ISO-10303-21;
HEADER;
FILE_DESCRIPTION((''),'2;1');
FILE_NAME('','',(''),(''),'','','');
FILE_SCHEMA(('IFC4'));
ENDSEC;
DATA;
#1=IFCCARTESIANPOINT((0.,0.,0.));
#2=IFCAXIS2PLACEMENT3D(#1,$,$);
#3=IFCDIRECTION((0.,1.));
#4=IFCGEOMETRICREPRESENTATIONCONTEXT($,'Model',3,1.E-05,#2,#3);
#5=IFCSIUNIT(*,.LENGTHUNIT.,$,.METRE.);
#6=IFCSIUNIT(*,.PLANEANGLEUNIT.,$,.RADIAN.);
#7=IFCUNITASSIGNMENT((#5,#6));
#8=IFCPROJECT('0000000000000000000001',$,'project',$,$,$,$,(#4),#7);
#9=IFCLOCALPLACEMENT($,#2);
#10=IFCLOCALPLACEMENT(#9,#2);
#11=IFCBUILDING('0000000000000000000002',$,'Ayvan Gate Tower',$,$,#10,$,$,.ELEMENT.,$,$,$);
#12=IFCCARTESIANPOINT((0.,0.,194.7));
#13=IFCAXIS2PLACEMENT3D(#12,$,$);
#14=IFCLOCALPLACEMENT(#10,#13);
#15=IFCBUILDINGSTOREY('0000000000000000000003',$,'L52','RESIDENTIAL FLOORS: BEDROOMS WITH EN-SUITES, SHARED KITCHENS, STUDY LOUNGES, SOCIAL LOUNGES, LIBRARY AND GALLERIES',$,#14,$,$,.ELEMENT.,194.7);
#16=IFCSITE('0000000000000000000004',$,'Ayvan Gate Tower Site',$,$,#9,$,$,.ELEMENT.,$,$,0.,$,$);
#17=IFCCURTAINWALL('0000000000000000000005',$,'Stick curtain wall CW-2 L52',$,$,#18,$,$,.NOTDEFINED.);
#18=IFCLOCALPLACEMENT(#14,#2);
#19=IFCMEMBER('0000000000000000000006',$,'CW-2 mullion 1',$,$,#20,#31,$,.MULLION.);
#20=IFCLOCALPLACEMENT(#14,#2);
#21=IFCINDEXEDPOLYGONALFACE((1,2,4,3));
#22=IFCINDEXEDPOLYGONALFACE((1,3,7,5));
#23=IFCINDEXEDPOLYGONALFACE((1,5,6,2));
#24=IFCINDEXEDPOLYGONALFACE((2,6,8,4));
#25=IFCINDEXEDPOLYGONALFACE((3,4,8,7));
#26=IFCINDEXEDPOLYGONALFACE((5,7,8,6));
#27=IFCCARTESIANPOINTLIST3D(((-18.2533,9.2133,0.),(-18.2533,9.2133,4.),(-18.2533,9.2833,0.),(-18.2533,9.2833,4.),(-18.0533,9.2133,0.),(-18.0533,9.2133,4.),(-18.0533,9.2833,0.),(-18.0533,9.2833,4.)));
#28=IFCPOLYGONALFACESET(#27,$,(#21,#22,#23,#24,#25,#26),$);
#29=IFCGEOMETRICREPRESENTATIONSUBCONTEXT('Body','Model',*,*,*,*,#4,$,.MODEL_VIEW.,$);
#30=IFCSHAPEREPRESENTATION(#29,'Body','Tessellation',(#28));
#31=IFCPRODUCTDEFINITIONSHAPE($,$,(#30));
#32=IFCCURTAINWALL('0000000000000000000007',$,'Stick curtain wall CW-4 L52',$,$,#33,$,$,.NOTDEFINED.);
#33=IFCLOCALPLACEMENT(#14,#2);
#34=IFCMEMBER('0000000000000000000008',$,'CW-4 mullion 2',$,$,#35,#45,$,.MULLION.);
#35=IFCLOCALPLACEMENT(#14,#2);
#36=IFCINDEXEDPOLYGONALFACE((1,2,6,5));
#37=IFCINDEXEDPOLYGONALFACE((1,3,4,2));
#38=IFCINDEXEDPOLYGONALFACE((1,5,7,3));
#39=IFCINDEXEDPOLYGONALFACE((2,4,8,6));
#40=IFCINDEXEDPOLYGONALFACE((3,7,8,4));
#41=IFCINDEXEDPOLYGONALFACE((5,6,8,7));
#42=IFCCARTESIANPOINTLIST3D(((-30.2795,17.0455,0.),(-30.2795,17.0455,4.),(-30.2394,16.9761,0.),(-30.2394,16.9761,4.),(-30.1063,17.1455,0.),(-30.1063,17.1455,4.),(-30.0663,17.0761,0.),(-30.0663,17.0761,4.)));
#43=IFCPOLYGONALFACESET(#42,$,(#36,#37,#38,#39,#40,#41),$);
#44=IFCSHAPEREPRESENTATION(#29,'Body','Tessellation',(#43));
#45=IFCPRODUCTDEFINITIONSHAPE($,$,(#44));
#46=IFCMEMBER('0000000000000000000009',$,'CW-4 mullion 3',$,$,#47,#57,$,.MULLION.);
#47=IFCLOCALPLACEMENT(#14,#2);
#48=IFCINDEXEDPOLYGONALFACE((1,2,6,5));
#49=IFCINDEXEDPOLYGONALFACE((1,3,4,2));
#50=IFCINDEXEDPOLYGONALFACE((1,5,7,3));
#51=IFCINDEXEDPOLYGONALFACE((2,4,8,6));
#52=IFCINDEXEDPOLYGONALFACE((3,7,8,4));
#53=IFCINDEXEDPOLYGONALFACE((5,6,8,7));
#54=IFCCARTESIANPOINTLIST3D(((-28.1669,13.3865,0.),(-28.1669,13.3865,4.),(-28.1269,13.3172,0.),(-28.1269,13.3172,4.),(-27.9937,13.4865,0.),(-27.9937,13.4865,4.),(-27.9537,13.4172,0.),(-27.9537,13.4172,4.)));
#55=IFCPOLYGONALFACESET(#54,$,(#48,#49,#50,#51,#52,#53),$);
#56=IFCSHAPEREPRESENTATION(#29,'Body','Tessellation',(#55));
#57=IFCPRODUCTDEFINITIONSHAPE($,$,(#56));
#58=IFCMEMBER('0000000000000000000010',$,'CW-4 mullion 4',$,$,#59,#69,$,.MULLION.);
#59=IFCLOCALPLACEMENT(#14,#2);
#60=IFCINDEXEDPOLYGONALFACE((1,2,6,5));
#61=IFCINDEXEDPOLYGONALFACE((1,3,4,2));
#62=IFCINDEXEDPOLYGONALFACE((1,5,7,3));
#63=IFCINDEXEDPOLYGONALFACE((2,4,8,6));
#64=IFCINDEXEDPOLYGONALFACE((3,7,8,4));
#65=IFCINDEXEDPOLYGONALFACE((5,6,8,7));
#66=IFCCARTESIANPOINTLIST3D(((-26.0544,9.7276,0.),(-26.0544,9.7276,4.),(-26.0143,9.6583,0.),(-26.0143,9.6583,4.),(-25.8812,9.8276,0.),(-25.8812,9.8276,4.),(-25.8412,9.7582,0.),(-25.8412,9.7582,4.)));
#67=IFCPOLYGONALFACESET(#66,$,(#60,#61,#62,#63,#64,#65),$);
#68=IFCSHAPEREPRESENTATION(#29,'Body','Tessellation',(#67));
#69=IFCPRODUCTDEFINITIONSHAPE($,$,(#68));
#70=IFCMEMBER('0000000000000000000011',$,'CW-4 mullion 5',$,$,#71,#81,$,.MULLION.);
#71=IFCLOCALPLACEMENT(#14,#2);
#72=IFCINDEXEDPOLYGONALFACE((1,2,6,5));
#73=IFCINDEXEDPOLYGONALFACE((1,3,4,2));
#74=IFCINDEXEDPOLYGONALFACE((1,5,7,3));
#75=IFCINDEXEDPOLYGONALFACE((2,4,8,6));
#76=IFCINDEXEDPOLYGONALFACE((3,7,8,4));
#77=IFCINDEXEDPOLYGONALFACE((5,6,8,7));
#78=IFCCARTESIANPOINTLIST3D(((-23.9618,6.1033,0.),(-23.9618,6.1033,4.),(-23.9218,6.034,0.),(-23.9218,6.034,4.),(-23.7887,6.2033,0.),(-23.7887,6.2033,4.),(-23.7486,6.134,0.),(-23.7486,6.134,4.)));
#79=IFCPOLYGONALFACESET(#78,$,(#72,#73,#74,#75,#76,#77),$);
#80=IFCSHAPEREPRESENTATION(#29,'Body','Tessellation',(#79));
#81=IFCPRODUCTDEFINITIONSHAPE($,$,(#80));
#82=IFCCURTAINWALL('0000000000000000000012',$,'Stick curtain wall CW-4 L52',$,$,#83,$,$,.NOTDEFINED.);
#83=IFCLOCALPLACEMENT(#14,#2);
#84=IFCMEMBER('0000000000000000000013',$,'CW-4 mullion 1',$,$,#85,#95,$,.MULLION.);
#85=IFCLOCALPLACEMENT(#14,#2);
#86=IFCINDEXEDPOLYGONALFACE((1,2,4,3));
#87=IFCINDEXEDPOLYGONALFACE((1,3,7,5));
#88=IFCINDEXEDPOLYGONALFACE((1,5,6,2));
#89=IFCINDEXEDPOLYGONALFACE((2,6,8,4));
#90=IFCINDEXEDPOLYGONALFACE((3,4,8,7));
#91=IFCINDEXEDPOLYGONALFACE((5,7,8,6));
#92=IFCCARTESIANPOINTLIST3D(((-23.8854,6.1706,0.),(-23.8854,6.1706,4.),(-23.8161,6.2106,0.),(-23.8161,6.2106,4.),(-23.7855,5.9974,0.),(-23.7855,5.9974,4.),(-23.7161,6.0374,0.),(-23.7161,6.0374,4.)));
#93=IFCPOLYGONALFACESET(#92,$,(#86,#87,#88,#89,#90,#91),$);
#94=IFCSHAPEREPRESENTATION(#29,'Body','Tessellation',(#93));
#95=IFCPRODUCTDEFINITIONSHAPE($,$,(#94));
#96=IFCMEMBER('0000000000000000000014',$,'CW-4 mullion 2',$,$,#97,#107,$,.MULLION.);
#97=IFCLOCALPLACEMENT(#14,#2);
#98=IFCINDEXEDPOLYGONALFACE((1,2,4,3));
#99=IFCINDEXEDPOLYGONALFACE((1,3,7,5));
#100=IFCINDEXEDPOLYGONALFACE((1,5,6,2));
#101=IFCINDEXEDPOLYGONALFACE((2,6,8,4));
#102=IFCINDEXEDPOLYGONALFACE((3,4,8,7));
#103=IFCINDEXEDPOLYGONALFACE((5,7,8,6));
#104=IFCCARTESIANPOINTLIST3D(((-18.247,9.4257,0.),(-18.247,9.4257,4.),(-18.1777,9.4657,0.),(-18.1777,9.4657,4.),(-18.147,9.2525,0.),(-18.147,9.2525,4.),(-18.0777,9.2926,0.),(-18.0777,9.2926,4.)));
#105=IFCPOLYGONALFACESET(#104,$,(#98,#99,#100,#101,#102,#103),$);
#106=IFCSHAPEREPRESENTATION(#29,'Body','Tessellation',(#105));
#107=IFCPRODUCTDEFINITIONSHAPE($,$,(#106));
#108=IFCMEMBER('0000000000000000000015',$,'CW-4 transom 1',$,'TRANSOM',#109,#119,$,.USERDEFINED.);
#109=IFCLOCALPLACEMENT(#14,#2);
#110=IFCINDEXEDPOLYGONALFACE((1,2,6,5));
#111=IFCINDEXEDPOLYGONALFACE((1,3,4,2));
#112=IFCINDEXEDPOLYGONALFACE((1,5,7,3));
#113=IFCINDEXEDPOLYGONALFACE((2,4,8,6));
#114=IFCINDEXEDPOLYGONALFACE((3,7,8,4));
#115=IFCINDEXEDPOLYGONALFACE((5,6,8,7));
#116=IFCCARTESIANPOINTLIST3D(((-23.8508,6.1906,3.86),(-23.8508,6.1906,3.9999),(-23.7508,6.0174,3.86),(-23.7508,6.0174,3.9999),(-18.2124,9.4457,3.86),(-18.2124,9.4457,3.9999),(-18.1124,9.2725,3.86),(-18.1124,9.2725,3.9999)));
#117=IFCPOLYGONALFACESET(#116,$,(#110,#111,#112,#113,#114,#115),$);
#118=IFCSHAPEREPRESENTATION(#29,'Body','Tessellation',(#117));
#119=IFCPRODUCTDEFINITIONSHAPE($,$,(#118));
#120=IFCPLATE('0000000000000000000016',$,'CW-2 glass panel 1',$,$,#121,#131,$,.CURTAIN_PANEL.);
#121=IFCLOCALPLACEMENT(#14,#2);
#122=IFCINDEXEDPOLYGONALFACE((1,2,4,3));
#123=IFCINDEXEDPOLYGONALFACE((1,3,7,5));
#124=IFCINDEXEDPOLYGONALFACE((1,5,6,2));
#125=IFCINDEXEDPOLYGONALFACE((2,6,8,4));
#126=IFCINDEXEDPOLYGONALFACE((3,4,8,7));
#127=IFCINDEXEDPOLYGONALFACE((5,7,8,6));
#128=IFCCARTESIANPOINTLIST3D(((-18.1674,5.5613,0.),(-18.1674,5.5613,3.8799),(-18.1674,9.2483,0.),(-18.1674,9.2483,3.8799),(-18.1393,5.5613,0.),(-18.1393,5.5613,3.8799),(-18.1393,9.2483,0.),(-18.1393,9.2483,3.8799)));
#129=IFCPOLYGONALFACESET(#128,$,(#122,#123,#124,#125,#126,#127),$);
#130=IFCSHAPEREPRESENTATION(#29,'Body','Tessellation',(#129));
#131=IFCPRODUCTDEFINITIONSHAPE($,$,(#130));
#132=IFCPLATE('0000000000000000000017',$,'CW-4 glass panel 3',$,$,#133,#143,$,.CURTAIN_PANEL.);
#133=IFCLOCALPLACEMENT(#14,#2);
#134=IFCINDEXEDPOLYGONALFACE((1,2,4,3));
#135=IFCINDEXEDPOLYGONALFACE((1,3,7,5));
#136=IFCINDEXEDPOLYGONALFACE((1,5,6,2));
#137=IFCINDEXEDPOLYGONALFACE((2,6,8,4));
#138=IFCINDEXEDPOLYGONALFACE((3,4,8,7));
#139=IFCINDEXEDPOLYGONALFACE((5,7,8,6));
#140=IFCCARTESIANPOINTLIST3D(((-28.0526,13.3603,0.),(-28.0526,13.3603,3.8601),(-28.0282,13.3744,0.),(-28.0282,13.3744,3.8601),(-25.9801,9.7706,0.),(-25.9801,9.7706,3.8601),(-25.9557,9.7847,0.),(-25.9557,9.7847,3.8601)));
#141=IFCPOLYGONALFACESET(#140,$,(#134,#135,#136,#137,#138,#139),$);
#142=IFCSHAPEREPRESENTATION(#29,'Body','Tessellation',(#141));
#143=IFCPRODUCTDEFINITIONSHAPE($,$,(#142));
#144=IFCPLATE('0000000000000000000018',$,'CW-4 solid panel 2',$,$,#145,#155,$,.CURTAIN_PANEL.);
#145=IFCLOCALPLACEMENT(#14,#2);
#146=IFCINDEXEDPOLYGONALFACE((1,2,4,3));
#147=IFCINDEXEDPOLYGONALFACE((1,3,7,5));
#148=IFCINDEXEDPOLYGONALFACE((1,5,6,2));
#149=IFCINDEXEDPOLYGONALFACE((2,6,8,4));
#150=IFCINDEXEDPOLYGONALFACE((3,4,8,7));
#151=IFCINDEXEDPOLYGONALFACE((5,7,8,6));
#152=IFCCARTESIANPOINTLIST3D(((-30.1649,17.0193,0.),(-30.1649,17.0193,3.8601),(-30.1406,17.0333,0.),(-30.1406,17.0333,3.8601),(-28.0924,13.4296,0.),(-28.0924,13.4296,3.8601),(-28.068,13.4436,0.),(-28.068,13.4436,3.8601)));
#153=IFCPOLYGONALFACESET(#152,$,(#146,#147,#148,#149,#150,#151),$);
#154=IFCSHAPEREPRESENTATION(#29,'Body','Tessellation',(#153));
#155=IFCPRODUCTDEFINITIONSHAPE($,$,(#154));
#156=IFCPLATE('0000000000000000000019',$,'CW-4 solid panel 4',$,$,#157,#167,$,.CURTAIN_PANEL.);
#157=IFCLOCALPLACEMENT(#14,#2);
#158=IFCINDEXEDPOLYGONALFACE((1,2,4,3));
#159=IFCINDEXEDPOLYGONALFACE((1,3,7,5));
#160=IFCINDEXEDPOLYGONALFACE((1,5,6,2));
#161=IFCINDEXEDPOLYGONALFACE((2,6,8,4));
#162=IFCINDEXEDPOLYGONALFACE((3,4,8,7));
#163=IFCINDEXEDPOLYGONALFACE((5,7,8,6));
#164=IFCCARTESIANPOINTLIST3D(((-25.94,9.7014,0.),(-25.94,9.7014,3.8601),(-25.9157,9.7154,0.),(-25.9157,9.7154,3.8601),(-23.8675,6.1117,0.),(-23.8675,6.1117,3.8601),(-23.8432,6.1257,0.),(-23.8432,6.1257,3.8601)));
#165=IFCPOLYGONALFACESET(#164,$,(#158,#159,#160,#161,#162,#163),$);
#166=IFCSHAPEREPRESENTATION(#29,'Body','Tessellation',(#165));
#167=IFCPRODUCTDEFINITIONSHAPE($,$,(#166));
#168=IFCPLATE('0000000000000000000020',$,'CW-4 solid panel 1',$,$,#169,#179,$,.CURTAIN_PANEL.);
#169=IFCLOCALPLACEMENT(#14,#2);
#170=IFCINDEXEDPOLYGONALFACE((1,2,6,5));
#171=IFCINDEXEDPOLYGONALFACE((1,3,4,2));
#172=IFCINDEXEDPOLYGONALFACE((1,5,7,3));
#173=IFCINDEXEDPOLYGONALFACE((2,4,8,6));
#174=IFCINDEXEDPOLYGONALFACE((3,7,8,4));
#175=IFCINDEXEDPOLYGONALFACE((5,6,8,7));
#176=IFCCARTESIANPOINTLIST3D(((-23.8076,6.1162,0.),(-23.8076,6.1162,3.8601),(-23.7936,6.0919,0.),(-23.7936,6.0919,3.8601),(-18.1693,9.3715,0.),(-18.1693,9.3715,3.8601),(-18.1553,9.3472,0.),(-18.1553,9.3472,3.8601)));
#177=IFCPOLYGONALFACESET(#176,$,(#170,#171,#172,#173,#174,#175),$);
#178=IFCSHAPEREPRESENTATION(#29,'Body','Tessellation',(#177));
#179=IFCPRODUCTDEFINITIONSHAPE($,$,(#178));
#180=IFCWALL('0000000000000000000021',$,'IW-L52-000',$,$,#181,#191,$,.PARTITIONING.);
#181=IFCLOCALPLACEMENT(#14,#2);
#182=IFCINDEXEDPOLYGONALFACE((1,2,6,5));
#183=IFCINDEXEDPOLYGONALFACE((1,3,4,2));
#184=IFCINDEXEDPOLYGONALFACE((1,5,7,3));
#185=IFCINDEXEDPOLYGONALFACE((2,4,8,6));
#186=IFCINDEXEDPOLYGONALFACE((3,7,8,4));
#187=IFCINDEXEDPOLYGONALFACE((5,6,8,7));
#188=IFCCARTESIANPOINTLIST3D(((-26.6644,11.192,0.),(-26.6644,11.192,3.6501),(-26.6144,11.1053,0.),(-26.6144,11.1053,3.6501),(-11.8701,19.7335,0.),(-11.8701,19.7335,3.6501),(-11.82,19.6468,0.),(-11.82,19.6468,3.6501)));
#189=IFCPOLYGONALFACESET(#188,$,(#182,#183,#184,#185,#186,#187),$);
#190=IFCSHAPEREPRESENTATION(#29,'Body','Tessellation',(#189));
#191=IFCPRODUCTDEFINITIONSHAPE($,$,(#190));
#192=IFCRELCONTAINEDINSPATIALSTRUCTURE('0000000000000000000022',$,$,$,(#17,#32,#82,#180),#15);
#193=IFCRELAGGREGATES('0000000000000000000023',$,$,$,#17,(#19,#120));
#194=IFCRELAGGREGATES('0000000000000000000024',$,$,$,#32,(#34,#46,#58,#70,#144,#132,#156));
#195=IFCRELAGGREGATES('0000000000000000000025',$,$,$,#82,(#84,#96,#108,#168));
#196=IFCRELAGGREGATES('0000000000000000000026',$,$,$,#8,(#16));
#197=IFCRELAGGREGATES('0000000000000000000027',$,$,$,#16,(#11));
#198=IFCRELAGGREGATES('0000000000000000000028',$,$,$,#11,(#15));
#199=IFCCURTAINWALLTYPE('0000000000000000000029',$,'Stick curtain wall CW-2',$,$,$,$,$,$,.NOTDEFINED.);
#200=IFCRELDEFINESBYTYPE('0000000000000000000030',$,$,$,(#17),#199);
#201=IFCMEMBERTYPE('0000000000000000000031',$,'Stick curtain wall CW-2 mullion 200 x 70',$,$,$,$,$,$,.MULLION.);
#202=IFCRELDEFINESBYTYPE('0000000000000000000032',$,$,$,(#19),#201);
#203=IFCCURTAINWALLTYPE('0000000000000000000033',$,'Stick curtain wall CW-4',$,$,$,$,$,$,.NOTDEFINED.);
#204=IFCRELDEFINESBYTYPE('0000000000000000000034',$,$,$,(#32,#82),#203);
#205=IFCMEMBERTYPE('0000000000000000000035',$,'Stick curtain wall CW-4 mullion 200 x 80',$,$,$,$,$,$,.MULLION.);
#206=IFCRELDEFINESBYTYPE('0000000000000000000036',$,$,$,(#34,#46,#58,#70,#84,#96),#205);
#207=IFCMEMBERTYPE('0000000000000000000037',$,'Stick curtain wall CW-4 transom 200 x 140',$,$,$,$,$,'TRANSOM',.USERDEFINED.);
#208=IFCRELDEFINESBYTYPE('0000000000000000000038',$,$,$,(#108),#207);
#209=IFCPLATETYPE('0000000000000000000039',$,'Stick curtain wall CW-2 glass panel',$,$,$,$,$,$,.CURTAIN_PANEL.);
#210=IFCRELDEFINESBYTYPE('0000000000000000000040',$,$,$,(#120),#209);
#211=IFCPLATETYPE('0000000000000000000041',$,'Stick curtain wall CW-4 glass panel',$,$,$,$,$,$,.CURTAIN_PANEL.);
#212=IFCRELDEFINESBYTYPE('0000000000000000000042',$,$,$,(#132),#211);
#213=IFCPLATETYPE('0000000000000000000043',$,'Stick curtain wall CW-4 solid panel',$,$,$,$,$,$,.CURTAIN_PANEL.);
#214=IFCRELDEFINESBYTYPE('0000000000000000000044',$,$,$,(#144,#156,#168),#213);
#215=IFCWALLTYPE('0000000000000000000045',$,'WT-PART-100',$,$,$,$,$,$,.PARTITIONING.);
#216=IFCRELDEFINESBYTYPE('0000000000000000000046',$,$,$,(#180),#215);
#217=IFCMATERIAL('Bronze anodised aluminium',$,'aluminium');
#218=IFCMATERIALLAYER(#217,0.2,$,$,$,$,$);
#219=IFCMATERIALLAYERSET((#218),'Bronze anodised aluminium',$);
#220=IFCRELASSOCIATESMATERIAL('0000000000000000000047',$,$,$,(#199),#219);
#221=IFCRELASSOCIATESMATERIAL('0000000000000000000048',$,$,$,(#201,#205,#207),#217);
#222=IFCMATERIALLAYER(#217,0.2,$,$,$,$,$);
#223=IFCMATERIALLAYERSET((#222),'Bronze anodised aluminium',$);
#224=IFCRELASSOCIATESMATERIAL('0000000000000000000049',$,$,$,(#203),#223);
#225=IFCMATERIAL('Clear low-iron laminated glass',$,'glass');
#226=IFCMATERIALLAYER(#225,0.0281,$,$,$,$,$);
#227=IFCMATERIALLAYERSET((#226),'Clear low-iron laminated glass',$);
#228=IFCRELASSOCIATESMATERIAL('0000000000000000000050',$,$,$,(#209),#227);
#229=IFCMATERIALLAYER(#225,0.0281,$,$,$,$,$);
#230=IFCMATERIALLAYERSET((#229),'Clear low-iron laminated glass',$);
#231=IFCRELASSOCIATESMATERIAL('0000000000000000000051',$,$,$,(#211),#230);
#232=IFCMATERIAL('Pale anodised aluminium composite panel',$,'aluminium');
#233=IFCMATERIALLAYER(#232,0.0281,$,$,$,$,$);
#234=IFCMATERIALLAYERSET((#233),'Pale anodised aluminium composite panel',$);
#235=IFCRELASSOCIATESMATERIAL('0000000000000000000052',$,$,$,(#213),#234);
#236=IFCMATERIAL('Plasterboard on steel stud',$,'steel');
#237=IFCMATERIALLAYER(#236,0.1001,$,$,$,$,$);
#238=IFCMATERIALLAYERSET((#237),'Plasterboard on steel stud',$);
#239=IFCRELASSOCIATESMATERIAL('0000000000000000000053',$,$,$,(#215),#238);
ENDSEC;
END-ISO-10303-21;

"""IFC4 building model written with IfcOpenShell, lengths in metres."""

from ifc_helpers import new_model, si_unit, direction, frame, frame_2d, origin, origin_2d, place, context, subcontext, project, spatial, rectangle, extrude, material, layer, layer_set, material_profile, profile_set, type_object, element, aggregate, save


model = new_model("IFC4")

# Units and contexts
model_context = context("Model", 3, precision=1e-05, world=origin(), true_north=direction((0.0, 1.0)))
body_context = subcontext(model_context, "Body", "Model", "MODEL_VIEW")
ifc_project = project(units=[si_unit("LENGTHUNIT", "METRE"), si_unit("PLANEANGLEUNIT", "RADIAN")], contexts=[model_context])

# Site, building, storey
site_placement = place(None, origin())
site = spatial("IfcSite", under=ifc_project, at=site_placement, Name="Ayvan Gate Tower Site", CompositionType="ELEMENT", RefElevation=0.0)
building_placement = place(site_placement, origin())
building = spatial("IfcBuilding", under=site, at=building_placement, Name="Ayvan Gate Tower", CompositionType="ELEMENT")
storey_placement = place(building_placement, frame((0.0, 0.0, 194.7)))
storey = spatial("IfcBuildingStorey", under=building, at=storey_placement, Name="L52", Description="RESIDENTIAL FLOORS: BEDROOMS WITH EN-SUITES, SHARED KITCHENS, STUDY LOUNGES, SOCIAL LOUNGES, LIBRARY AND GALLERIES", CompositionType="ELEMENT", Elevation=194.7)

# Curtain wall, member
ifc_material_1 = material(Name="Bronze anodised aluminium", Category="aluminium")
ifc_layer_1 = layer(ifc_material_1, 0.2)
ifc_layer_set_1 = layer_set([ifc_layer_1], Name="Bronze anodised aluminium")
curtain_wall_type_1 = type_object("IfcCurtainWallType", Name="Stick curtain wall CW-2", PredefinedType="NOTDEFINED", material=ifc_layer_set_1)
curtain_wall_1_placement = place(storey_placement, origin())
curtain_wall_1 = element("IfcCurtainWall", 1, at=curtain_wall_1_placement, inside=storey, type_object=curtain_wall_type_1, Name="Stick curtain wall CW-2 L52", PredefinedType="NOTDEFINED")
ifc_material_profile_1 = material_profile(ifc_material_1, rectangle(XDim=0.2, YDim=0.0701, at=origin_2d()), Name="Stick curtain wall CW-2 mullion 200 x 70")
ifc_profile_set_1 = profile_set([ifc_material_profile_1], Name="Bronze anodised aluminium")
member_type_1 = type_object("IfcMemberType", Name="Stick curtain wall CW-2 mullion 200 x 70", PredefinedType="MULLION", material=ifc_profile_set_1)
member_1_placement = place(storey_placement, frame((-18.1533, 9.2483, 0.0), z_axis=(0.0, 0.0, 1.0), x_axis=(-1.0, 0.0, 0.0)))
member_1 = element("IfcMember", 2, at=member_1_placement, type_object=member_type_1, Name="CW-2 mullion 1", PredefinedType="MULLION", context=body_context, shape_type="SweptSolid", body=[
    extrude(rectangle(XDim=0.2, YDim=0.0701, at=origin_2d()), origin(), (0.0, 0.0, 1.0), 4.0),
])

# Curtain walls, members
ifc_layer_2 = layer(ifc_material_1, 0.2)
ifc_layer_set_2 = layer_set([ifc_layer_2], Name="Bronze anodised aluminium")
curtain_wall_type_2 = type_object("IfcCurtainWallType", Name="Stick curtain wall CW-4", PredefinedType="NOTDEFINED", material=ifc_layer_set_2)
curtain_wall_2_placement = place(storey_placement, origin())
curtain_wall_2 = element("IfcCurtainWall", 3, at=curtain_wall_2_placement, inside=storey, type_object=curtain_wall_type_2, Name="Stick curtain wall CW-4 L52", PredefinedType="NOTDEFINED")
ifc_material_profile_2 = material_profile(ifc_material_1, rectangle(XDim=0.2, YDim=0.0801, at=origin_2d()), Name="Stick curtain wall CW-4 mullion 200 x 80")
ifc_profile_set_2 = profile_set([ifc_material_profile_2], Name="Bronze anodised aluminium")
member_type_2 = type_object("IfcMemberType", Name="Stick curtain wall CW-4 mullion 200 x 80", PredefinedType="MULLION", material=ifc_profile_set_2)
member_2_placement = place(storey_placement, frame((-30.1729, 17.0608, 0.0), z_axis=(0.0, 0.0, 1.0), x_axis=(-0.866025, -0.5, 0.0)))
member_2 = element("IfcMember", 4, at=member_2_placement, type_object=member_type_2, Name="CW-4 mullion 2", PredefinedType="MULLION", context=body_context, shape_type="SweptSolid", body=[
    extrude(rectangle(XDim=0.2, YDim=0.0801, at=origin_2d()), origin(), (0.0, 0.0, 1.0), 4.0),
])
member_3_placement = place(storey_placement, frame((-28.0603, 13.4019, 0.0), z_axis=(0.0, 0.0, 1.0), x_axis=(-0.866025, -0.5, 0.0)))
member_3 = element("IfcMember", 5, at=member_3_placement, type_object=member_type_2, Name="CW-4 mullion 3", PredefinedType="MULLION", context=body_context, shape_type="SweptSolid", body=[
    extrude(rectangle(XDim=0.2, YDim=0.0801, at=origin_2d()), origin(), (0.0, 0.0, 1.0), 4.0),
])
member_4_placement = place(storey_placement, frame((-25.9478, 9.7429, 0.0), z_axis=(0.0, 0.0, 1.0), x_axis=(-0.866025, -0.5, 0.0)))
member_4 = element("IfcMember", 6, at=member_4_placement, type_object=member_type_2, Name="CW-4 mullion 4", PredefinedType="MULLION", context=body_context, shape_type="SweptSolid", body=[
    extrude(rectangle(XDim=0.2, YDim=0.0801, at=origin_2d()), origin(), (0.0, 0.0, 1.0), 4.0),
])
member_5_placement = place(storey_placement, frame((-23.8552, 6.1187, 0.0), z_axis=(0.0, 0.0, 1.0), x_axis=(-0.866025, -0.5, 0.0)))
member_5 = element("IfcMember", 7, at=member_5_placement, type_object=member_type_2, Name="CW-4 mullion 5", PredefinedType="MULLION", context=body_context, shape_type="SweptSolid", body=[
    extrude(rectangle(XDim=0.2, YDim=0.0801, at=origin_2d()), origin(), (0.0, 0.0, 1.0), 4.0),
])
curtain_wall_3_placement = place(storey_placement, origin())
curtain_wall_3 = element("IfcCurtainWall", 8, at=curtain_wall_3_placement, inside=storey, type_object=curtain_wall_type_2, Name="Stick curtain wall CW-4 L52", PredefinedType="NOTDEFINED")
member_6_placement = place(storey_placement, frame((-23.8008, 6.104, 0.0), z_axis=(0.0, 0.0, 1.0), x_axis=(0.5, -0.866025, 0.0)))
member_6 = element("IfcMember", 9, at=member_6_placement, type_object=member_type_2, Name="CW-4 mullion 1", PredefinedType="MULLION", context=body_context, shape_type="SweptSolid", body=[
    extrude(rectangle(XDim=0.2, YDim=0.0801, at=origin_2d()), origin(), (0.0, 0.0, 1.0), 4.0),
])
member_7_placement = place(storey_placement, frame((-18.1624, 9.3591, 0.0), z_axis=(0.0, 0.0, 1.0), x_axis=(0.5, -0.866025, 0.0)))
member_7 = element("IfcMember", 10, at=member_7_placement, type_object=member_type_2, Name="CW-4 mullion 2", PredefinedType="MULLION", context=body_context, shape_type="SweptSolid", body=[
    extrude(rectangle(XDim=0.2, YDim=0.0801, at=origin_2d()), origin(), (0.0, 0.0, 1.0), 4.0),
])
ifc_material_profile_3 = material_profile(ifc_material_1, rectangle(XDim=0.2, YDim=0.1399, at=origin_2d()), Name="Stick curtain wall CW-4 transom 200 x 140")
ifc_profile_set_3 = profile_set([ifc_material_profile_3], Name="Bronze anodised aluminium")
member_type_3 = type_object("IfcMemberType", Name="Stick curtain wall CW-4 transom 200 x 140", ElementType="TRANSOM", PredefinedType="USERDEFINED", material=ifc_profile_set_3)
member_8_placement = place(storey_placement, frame((-23.8008, 6.104, 3.9299), z_axis=(0.86604, 0.499975, 0.0), x_axis=(-0.499975, 0.86604, 0.0)))
member_8 = element("IfcMember", 11, at=member_8_placement, type_object=member_type_3, Name="CW-4 transom 1", ObjectType="TRANSOM", PredefinedType="USERDEFINED", context=body_context, shape_type="SweptSolid", body=[
    extrude(rectangle(XDim=0.2, YDim=0.1399, at=origin_2d()), origin(), (0.0, 0.0, 1.0), 6.5105),
])

# Plates
ifc_material_2 = material(Name="Clear low-iron laminated glass", Category="glass")
ifc_layer_3 = layer(ifc_material_2, 0.0281)
ifc_layer_set_3 = layer_set([ifc_layer_3], Name="Clear low-iron laminated glass")
plate_type_1 = type_object("IfcPlateType", Name="Stick curtain wall CW-2 glass panel", PredefinedType="CURTAIN_PANEL", material=ifc_layer_set_3)
plate_1_placement = place(storey_placement, frame((-18.1533, 7.4048, 0.0), z_axis=(0.0, 0.0, 1.0), x_axis=(0.0, -1.0, 0.0)))
plate_1 = element("IfcPlate", 12, at=plate_1_placement, type_object=plate_type_1, Name="CW-2 glass panel 1", PredefinedType="CURTAIN_PANEL", context=body_context, shape_type="SweptSolid", body=[
    extrude(rectangle(XDim=3.687, YDim=0.0281, at=origin_2d()), origin(), (0.0, 0.0, 1.0), 3.8799),
])
aggregate(curtain_wall_1, [member_1, plate_1])
ifc_layer_4 = layer(ifc_material_2, 0.0281)
ifc_layer_set_4 = layer_set([ifc_layer_4], Name="Clear low-iron laminated glass")
plate_type_2 = type_object("IfcPlateType", Name="Stick curtain wall CW-4 glass panel", PredefinedType="CURTAIN_PANEL", material=ifc_layer_set_4)
plate_2_placement = place(storey_placement, frame((-27.0042, 11.5725, 0.0), z_axis=(0.0, 0.0, 1.0), x_axis=(0.5, -0.866025, 0.0)))
plate_2 = element("IfcPlate", 13, at=plate_2_placement, type_object=plate_type_2, Name="CW-4 glass panel 3", PredefinedType="CURTAIN_PANEL", context=body_context, shape_type="SweptSolid", body=[
    extrude(rectangle(XDim=4.145, YDim=0.0281, at=origin_2d()), origin(), (0.0, 0.0, 1.0), 3.8601),
])
ifc_material_3 = material(Name="Pale anodised aluminium composite panel", Category="aluminium")
ifc_layer_5 = layer(ifc_material_3, 0.0281)
ifc_layer_set_5 = layer_set([ifc_layer_5], Name="Pale anodised aluminium composite panel")
plate_type_3 = type_object("IfcPlateType", Name="Stick curtain wall CW-4 solid panel", PredefinedType="CURTAIN_PANEL", material=ifc_layer_set_5)
plate_3_placement = place(storey_placement, frame((-29.1165, 15.2314, 0.0), z_axis=(0.0, 0.0, 1.0), x_axis=(0.5, -0.866025, 0.0)))
plate_3 = element("IfcPlate", 14, at=plate_3_placement, type_object=plate_type_3, Name="CW-4 solid panel 2", PredefinedType="CURTAIN_PANEL", context=body_context, shape_type="SweptSolid", body=[
    extrude(rectangle(XDim=4.145, YDim=0.0281, at=origin_2d()), origin(), (0.0, 0.0, 1.0), 3.8601),
])
plate_4_placement = place(storey_placement, frame((-24.8916, 7.9136, 0.0), z_axis=(0.0, 0.0, 1.0), x_axis=(0.5, -0.866025, 0.0)))
plate_4 = element("IfcPlate", 15, at=plate_4_placement, type_object=plate_type_3, Name="CW-4 solid panel 4", PredefinedType="CURTAIN_PANEL", context=body_context, shape_type="SweptSolid", body=[
    extrude(rectangle(XDim=4.145, YDim=0.0281, at=origin_2d()), origin(), (0.0, 0.0, 1.0), 3.8601),
])
aggregate(curtain_wall_2, [member_2, member_3, member_4, member_5, plate_3, plate_2, plate_4])
plate_5_placement = place(storey_placement, frame((-20.9814, 7.7317, 0.0), z_axis=(0.0, 0.0, 1.0), x_axis=(0.866025, 0.5, 0.0)))
plate_5 = element("IfcPlate", 16, at=plate_5_placement, type_object=plate_type_3, Name="CW-4 solid panel 1", PredefinedType="CURTAIN_PANEL", context=body_context, shape_type="SweptSolid", body=[
    extrude(rectangle(XDim=6.5105, YDim=0.0281, at=origin_2d()), origin(), (0.0, 0.0, 1.0), 3.8601),
])
aggregate(curtain_wall_3, [member_6, member_7, member_8, plate_5])

# Wall
ifc_material_4 = material(Name="Plasterboard on steel stud", Category="steel")
ifc_layer_6 = layer(ifc_material_4, 0.1001)
ifc_layer_set_6 = layer_set([ifc_layer_6], Name="Plasterboard on steel stud")
wall_type = type_object("IfcWallType", Name="WT-PART-100", PredefinedType="PARTITIONING", material=ifc_layer_set_6)
wall_placement = place(storey_placement, frame((-26.6394, 11.1487, 0.0), z_axis=(0.0, 0.0, 1.0), x_axis=(0.866027, 0.499997, 0.0)))
element("IfcWall", 17, at=wall_placement, inside=storey, type_object=wall_type, Name="IW-L52-000", PredefinedType="PARTITIONING", context=body_context, shape_type="SweptSolid", body=[
    extrude(rectangle(XDim=17.083, YDim=0.1001, at=frame_2d((8.5415, 0.0))), origin(), (0.0, 0.0, 1.0), 3.6501),
])

save(model, "model.ifc")
